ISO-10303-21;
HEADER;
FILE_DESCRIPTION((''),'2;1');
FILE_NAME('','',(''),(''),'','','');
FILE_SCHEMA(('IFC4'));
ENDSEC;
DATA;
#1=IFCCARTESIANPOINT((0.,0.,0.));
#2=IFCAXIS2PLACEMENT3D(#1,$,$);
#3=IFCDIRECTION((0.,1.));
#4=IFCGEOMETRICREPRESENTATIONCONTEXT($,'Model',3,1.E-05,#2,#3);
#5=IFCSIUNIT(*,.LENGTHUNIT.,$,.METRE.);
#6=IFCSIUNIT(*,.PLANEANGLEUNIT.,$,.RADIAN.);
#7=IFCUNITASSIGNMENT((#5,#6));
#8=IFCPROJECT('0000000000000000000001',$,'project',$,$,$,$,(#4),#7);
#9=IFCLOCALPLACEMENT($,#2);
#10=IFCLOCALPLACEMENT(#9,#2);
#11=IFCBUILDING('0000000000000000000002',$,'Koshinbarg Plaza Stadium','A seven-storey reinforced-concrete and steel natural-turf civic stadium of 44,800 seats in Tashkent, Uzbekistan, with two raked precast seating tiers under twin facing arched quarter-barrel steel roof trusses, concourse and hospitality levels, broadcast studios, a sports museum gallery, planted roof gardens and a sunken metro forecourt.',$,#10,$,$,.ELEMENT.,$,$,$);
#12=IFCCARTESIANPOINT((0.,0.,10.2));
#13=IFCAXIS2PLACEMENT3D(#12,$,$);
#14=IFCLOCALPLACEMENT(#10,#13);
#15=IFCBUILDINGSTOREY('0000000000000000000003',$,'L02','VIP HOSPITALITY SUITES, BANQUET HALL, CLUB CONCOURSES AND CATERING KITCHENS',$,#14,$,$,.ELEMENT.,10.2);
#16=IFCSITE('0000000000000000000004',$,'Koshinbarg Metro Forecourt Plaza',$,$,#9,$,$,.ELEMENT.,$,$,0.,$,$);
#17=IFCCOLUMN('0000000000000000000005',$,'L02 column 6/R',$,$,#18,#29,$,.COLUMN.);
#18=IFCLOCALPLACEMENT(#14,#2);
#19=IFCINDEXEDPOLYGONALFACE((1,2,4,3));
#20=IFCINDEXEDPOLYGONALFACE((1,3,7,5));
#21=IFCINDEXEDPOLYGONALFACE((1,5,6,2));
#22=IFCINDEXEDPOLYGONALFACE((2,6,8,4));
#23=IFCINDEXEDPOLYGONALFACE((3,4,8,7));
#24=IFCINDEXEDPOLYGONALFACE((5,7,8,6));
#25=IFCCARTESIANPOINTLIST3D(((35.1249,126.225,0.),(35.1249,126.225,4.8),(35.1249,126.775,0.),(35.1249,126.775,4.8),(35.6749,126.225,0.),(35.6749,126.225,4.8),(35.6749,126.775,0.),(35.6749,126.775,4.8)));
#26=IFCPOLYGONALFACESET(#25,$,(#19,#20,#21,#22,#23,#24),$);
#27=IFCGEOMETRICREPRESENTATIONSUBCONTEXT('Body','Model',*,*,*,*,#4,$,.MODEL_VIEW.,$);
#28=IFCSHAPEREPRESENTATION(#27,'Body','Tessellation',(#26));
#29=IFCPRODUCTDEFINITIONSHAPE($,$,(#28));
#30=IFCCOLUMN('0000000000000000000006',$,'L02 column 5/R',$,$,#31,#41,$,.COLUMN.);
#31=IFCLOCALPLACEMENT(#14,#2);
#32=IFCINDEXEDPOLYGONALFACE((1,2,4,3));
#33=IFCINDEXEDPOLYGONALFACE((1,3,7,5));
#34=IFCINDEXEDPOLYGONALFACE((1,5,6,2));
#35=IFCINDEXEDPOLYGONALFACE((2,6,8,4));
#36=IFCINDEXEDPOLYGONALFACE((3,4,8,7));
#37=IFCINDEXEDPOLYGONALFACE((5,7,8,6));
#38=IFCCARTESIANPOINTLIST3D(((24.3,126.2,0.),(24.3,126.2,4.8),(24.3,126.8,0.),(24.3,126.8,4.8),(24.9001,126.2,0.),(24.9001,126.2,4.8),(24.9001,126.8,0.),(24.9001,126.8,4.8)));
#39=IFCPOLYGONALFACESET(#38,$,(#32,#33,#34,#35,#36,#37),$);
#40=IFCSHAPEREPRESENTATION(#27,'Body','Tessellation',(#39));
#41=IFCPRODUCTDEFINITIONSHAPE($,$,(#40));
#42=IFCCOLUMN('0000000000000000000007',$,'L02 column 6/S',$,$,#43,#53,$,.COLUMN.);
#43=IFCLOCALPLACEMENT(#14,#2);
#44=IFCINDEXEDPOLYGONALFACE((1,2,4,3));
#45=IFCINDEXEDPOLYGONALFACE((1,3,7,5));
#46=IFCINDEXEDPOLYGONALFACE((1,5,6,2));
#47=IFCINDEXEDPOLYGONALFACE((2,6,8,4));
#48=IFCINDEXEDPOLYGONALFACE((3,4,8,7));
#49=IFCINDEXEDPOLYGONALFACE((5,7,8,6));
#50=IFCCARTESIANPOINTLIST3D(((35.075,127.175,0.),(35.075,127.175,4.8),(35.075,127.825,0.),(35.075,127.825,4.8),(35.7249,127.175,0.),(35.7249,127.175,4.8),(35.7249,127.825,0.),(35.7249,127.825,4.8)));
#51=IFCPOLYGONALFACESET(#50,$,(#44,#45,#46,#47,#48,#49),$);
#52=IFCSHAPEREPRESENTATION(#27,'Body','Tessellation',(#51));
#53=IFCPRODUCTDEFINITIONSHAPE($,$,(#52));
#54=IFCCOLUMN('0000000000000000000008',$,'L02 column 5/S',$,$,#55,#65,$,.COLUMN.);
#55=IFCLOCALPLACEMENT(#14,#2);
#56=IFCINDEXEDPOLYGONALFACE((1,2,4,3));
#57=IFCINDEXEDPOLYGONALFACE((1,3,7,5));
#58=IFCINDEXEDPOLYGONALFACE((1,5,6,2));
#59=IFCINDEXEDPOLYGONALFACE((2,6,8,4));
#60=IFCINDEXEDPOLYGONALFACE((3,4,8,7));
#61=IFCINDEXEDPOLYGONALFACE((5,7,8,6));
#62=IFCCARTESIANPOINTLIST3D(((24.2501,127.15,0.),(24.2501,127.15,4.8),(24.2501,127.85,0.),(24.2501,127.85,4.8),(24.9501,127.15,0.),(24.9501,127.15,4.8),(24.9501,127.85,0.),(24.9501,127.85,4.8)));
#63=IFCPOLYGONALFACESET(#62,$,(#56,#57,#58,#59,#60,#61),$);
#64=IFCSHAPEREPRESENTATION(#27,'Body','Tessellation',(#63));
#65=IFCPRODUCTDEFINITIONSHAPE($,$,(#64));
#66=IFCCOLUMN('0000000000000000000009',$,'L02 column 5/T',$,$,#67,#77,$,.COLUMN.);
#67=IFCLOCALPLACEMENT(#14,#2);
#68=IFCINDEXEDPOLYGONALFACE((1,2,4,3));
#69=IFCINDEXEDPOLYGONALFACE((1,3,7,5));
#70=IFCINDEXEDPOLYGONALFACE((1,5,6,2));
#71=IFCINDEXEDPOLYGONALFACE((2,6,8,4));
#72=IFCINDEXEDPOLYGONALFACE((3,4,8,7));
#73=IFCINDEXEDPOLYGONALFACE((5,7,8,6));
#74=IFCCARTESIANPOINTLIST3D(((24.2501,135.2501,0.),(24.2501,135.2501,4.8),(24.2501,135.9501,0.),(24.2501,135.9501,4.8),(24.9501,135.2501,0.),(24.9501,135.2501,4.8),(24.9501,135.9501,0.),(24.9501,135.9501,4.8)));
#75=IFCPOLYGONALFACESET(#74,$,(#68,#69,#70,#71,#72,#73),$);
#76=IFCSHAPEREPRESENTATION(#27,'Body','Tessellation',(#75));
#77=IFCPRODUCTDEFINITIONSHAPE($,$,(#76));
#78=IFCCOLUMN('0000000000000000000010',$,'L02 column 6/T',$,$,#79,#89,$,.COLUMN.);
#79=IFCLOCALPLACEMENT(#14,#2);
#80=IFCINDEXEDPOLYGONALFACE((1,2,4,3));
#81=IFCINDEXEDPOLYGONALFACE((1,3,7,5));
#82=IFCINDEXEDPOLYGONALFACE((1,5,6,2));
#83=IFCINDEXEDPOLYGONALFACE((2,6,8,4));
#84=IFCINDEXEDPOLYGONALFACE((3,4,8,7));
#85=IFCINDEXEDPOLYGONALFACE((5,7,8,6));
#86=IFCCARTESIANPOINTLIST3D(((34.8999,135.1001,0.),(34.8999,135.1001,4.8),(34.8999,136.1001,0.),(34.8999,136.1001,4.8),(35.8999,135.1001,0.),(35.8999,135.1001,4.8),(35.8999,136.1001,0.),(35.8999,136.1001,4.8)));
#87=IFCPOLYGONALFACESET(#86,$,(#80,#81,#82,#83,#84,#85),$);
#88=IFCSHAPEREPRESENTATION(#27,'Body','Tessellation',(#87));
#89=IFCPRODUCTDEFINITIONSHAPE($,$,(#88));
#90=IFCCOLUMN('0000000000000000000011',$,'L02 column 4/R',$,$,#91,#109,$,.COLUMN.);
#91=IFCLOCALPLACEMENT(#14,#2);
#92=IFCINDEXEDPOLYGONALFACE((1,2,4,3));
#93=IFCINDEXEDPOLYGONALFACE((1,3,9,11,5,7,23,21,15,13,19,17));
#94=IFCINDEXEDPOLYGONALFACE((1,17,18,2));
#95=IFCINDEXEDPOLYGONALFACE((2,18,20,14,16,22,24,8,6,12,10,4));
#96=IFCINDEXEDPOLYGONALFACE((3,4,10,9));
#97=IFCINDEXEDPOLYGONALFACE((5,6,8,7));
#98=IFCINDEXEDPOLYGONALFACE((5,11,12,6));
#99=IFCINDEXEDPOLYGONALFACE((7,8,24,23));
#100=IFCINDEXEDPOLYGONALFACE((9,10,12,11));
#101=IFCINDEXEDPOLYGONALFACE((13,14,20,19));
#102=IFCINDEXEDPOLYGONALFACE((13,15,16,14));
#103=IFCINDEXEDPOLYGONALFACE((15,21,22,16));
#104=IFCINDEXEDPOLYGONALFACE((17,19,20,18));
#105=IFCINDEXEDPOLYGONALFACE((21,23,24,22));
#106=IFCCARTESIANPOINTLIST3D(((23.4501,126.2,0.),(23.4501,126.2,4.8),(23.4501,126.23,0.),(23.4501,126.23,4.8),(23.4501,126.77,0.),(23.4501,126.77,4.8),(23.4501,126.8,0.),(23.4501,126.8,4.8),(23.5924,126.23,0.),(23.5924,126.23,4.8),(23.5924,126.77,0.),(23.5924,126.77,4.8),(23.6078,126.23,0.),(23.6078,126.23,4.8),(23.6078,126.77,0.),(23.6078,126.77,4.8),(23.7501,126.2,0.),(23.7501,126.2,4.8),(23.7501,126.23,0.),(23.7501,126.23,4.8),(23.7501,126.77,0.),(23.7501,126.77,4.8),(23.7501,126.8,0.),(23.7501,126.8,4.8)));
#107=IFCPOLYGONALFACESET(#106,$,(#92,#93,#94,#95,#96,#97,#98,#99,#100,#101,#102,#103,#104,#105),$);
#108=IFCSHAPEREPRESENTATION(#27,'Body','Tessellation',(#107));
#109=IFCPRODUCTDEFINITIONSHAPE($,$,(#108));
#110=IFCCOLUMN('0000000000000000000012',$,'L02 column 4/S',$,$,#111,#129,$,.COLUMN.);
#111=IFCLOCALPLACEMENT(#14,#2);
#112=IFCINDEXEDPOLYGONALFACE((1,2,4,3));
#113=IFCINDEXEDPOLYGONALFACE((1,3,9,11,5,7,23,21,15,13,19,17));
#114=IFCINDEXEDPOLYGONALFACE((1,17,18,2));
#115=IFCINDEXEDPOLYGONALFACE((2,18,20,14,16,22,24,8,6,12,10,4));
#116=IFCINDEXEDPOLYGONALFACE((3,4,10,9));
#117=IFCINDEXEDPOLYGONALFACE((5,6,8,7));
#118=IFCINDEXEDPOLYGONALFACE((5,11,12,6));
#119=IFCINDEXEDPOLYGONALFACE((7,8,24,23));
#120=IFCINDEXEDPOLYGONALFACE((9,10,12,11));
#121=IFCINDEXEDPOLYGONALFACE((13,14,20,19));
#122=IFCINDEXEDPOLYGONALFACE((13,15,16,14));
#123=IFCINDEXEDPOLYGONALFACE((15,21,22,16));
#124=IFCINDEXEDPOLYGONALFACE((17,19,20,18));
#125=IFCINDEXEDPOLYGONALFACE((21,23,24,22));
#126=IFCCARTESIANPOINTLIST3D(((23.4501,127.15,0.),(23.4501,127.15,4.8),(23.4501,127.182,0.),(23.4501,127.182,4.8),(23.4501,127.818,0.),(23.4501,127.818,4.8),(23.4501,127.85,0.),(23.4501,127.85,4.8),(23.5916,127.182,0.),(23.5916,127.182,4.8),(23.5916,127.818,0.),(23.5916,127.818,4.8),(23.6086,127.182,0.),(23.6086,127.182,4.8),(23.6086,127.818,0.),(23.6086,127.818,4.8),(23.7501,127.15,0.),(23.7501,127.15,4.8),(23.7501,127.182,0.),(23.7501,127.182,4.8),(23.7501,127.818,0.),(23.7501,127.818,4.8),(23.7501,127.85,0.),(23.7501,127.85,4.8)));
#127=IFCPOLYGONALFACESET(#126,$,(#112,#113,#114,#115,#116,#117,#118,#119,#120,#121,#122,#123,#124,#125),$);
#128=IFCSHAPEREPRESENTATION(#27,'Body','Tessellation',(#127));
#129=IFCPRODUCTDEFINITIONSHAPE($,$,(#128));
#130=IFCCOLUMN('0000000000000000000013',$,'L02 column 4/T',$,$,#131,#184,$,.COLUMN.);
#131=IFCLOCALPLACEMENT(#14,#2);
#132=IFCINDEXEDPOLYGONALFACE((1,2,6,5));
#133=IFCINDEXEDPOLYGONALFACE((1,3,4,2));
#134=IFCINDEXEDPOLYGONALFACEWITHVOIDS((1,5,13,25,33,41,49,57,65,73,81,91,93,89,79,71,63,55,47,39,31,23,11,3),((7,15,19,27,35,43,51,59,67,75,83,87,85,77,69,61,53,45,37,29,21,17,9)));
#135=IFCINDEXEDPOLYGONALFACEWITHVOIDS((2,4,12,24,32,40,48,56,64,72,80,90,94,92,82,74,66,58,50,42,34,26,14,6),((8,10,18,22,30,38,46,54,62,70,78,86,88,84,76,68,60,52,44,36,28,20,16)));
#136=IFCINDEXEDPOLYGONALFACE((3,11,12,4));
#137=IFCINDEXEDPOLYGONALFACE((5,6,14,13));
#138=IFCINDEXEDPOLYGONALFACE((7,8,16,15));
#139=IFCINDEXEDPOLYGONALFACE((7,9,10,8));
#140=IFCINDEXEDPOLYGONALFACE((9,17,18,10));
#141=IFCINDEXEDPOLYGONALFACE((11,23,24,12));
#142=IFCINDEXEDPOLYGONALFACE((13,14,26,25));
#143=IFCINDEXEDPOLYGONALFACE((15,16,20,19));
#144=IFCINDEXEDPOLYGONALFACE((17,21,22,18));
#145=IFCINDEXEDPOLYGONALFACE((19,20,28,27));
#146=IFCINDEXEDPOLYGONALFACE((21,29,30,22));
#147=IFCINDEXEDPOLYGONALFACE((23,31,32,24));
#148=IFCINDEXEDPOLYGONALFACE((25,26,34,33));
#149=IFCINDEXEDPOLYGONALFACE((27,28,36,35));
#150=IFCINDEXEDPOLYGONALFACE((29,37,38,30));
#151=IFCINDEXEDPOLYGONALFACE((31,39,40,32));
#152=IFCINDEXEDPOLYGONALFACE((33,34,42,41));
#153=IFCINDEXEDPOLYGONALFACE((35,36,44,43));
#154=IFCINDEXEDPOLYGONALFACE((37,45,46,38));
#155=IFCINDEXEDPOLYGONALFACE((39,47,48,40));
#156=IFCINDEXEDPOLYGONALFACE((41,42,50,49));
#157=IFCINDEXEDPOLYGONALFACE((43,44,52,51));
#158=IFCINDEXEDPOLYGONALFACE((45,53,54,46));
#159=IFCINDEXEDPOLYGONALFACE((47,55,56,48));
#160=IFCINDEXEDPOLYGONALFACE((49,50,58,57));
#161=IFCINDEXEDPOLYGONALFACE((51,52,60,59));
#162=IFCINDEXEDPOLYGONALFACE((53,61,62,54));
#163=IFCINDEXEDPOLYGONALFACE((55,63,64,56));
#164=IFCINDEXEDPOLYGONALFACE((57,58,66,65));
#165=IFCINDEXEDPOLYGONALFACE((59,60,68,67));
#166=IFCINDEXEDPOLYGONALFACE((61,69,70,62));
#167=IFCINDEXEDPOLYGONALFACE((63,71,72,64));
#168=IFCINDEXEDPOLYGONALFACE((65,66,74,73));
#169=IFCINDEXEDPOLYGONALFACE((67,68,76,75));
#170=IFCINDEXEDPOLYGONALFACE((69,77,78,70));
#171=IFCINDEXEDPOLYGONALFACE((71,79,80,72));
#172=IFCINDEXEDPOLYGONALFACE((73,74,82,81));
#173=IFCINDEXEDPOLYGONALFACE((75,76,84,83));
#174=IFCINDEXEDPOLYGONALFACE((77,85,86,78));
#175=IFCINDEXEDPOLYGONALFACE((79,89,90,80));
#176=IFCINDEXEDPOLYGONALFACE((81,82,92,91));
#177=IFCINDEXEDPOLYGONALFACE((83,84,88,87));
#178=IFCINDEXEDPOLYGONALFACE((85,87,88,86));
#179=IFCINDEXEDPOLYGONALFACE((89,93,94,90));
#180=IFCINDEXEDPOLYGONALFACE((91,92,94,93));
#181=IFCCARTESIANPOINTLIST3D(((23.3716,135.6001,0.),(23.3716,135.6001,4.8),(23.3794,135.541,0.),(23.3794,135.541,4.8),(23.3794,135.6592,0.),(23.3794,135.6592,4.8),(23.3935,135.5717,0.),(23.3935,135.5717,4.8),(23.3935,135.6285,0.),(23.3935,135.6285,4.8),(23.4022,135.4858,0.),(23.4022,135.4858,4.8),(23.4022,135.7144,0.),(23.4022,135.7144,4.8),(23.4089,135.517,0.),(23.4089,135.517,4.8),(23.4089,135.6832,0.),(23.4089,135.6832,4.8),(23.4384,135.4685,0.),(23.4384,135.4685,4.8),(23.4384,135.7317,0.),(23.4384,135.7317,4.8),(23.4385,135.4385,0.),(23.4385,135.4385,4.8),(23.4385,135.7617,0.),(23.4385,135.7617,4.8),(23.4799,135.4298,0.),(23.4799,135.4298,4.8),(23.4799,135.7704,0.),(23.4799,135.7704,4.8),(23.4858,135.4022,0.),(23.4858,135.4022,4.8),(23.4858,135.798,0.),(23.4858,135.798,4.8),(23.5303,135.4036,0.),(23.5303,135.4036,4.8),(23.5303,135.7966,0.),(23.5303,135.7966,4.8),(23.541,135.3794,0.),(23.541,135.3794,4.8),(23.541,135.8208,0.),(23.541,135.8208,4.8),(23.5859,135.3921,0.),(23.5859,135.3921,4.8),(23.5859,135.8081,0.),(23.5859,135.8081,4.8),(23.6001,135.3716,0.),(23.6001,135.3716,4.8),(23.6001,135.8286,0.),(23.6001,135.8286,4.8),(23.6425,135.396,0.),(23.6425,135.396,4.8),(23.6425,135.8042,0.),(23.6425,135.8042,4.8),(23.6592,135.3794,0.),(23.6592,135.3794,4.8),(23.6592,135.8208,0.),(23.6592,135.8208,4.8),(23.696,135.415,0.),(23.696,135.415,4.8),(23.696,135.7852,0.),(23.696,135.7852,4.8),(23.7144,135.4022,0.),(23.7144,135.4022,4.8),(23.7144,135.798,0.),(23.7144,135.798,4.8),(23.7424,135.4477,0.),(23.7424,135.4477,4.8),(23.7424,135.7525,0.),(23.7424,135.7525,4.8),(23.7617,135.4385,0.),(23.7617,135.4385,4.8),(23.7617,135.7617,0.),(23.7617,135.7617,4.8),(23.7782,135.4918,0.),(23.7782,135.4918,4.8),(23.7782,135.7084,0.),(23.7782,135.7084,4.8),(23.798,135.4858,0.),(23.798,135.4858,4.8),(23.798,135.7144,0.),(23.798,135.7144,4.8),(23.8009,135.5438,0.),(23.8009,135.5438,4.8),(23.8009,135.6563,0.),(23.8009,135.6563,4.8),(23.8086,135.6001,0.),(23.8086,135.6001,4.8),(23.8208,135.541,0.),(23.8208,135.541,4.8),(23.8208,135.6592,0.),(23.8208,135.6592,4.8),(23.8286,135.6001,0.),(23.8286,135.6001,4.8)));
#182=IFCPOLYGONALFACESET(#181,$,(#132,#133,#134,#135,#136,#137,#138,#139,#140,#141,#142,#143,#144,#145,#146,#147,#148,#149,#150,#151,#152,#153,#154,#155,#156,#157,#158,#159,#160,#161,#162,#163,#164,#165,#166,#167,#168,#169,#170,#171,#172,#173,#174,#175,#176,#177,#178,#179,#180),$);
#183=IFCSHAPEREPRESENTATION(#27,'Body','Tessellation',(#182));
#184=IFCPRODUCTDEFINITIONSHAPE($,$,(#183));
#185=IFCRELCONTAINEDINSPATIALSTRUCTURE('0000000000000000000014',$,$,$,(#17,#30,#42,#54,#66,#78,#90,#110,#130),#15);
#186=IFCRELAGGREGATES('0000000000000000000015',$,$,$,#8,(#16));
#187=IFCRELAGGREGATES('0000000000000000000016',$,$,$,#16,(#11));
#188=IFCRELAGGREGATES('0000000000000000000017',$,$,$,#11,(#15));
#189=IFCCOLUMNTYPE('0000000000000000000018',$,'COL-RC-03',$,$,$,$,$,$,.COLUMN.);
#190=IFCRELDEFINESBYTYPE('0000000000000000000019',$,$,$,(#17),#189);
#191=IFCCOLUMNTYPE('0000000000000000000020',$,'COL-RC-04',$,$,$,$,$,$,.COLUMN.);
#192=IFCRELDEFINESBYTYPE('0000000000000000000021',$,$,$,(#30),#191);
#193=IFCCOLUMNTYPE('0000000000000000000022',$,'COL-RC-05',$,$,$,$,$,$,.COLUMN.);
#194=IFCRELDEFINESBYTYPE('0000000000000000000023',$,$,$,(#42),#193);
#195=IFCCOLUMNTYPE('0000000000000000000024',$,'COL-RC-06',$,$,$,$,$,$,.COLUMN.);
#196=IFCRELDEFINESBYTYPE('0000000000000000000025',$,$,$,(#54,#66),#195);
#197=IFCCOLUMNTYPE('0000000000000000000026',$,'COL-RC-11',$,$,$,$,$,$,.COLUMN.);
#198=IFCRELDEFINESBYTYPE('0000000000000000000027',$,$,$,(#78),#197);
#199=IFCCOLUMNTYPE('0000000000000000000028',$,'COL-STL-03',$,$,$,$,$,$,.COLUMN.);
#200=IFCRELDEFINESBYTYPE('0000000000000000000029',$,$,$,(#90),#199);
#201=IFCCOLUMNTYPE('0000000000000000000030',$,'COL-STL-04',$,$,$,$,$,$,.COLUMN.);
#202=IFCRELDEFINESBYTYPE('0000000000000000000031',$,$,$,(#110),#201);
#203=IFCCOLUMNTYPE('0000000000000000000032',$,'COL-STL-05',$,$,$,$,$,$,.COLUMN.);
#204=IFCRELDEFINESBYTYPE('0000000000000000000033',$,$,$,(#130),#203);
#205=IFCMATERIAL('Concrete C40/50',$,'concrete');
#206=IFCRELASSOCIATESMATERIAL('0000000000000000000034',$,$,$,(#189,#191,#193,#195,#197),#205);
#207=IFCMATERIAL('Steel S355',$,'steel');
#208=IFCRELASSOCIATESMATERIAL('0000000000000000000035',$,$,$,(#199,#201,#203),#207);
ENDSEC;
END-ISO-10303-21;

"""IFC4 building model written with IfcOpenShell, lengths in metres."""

from ifc_helpers import new_model, si_unit, direction, frame, origin, origin_2d, place, context, subcontext, project, spatial, rectangle, hollow_circle, i_section, extrude, material, material_profile, profile_set, type_object, element, save


model = new_model("IFC4")

# Units and contexts
model_context = context("Model", 3, precision=1e-05, world=origin(), true_north=direction((0.0, 1.0)))
body_context = subcontext(model_context, "Body", "Model", "MODEL_VIEW")
ifc_project = project(units=[si_unit("LENGTHUNIT", "METRE"), si_unit("PLANEANGLEUNIT", "RADIAN")], contexts=[model_context])

# Site, building, storey
site_placement = place(None, origin())
site = spatial("IfcSite", under=ifc_project, at=site_placement, Name="Koshinbarg Metro Forecourt Plaza", CompositionType="ELEMENT", RefElevation=0.0)
building_placement = place(site_placement, origin())
building = spatial("IfcBuilding", under=site, at=building_placement, Name="Koshinbarg Plaza Stadium", Description="A seven-storey reinforced-concrete and steel natural-turf civic stadium of 44,800 seats in Tashkent, Uzbekistan, with two raked precast seating tiers under twin facing arched quarter-barrel steel roof trusses, concourse and hospitality levels, broadcast studios, a sports museum gallery, planted roof gardens and a sunken metro forecourt.", CompositionType="ELEMENT")
storey_placement = place(building_placement, frame((0.0, 0.0, 10.2)))
storey = spatial("IfcBuildingStorey", under=building, at=storey_placement, Name="L02", Description="VIP HOSPITALITY SUITES, BANQUET HALL, CLUB CONCOURSES AND CATERING KITCHENS", CompositionType="ELEMENT", Elevation=10.2)

# Columns
ifc_material_1 = material(Name="Concrete C40/50", Category="concrete")
ifc_material_profile_1 = material_profile(ifc_material_1, rectangle(XDim=0.55, YDim=0.55, at=origin_2d()), Name="RC 550x550")
ifc_profile_set_1 = profile_set([ifc_material_profile_1], Name="Concrete C40/50")
column_type_1 = type_object("IfcColumnType", Name="COL-RC-03", PredefinedType="COLUMN", material=ifc_profile_set_1)
column_1_placement = place(storey_placement, frame((35.3999, 126.5, 0.0), z_axis=(0.0, 0.0, 1.0), x_axis=(1.0, 0.0, 0.0)))
element("IfcColumn", 1, at=column_1_placement, inside=storey, type_object=column_type_1, Name="L02 column 6/R", PredefinedType="COLUMN", context=body_context, shape_type="SweptSolid", body=[
    extrude(rectangle(XDim=0.55, YDim=0.55, at=origin_2d()), origin(), (0.0, 0.0, 1.0), 4.8),
])
ifc_material_profile_2 = material_profile(ifc_material_1, rectangle(XDim=0.6001, YDim=0.6001, at=origin_2d()), Name="RC 600x600")
ifc_profile_set_2 = profile_set([ifc_material_profile_2], Name="Concrete C40/50")
column_type_2 = type_object("IfcColumnType", Name="COL-RC-04", PredefinedType="COLUMN", material=ifc_profile_set_2)
column_2_placement = place(storey_placement, frame((24.6001, 126.5, 0.0), z_axis=(0.0, 0.0, 1.0), x_axis=(1.0, 0.0, 0.0)))
element("IfcColumn", 2, at=column_2_placement, inside=storey, type_object=column_type_2, Name="L02 column 5/R", PredefinedType="COLUMN", context=body_context, shape_type="SweptSolid", body=[
    extrude(rectangle(XDim=0.6001, YDim=0.6001, at=origin_2d()), origin(), (0.0, 0.0, 1.0), 4.8),
])
ifc_material_profile_3 = material_profile(ifc_material_1, rectangle(XDim=0.6499, YDim=0.6499, at=origin_2d()), Name="RC 650x650")
ifc_profile_set_3 = profile_set([ifc_material_profile_3], Name="Concrete C40/50")
column_type_3 = type_object("IfcColumnType", Name="COL-RC-05", PredefinedType="COLUMN", material=ifc_profile_set_3)
column_3_placement = place(storey_placement, frame((35.3999, 127.5, 0.0), z_axis=(0.0, 0.0, 1.0), x_axis=(1.0, 0.0, 0.0)))
element("IfcColumn", 3, at=column_3_placement, inside=storey, type_object=column_type_3, Name="L02 column 6/S", PredefinedType="COLUMN", context=body_context, shape_type="SweptSolid", body=[
    extrude(rectangle(XDim=0.6499, YDim=0.6499, at=origin_2d()), origin(), (0.0, 0.0, 1.0), 4.8),
])
ifc_material_profile_4 = material_profile(ifc_material_1, rectangle(XDim=0.7, YDim=0.7, at=origin_2d()), Name="RC 700x700")
ifc_profile_set_4 = profile_set([ifc_material_profile_4], Name="Concrete C40/50")
column_type_4 = type_object("IfcColumnType", Name="COL-RC-06", PredefinedType="COLUMN", material=ifc_profile_set_4)
for number, where, z_axis, x_axis, name in (
    (4, (24.6001, 127.5, 0.0), (0.0, 0.0, 1.0), (1.0, 0.0, 0.0), "L02 column 5/S"),
    (5, (24.6001, 135.6001, 0.0), (0.0, 0.0, 1.0), (1.0, 0.0, 0.0), "L02 column 5/T"),
):
    element("IfcColumn", number, at=place(storey_placement, frame(where, z_axis=z_axis, x_axis=x_axis)), inside=storey, type_object=column_type_4, Name=name, PredefinedType="COLUMN", context=body_context, shape_type="SweptSolid", body=[
        extrude(rectangle(XDim=0.7, YDim=0.7, at=origin_2d()), origin(), (0.0, 0.0, 1.0), 4.8),
    ])
ifc_material_profile_5 = material_profile(ifc_material_1, rectangle(XDim=1.0, YDim=1.0, at=origin_2d()), Name="RC 1000x1000")
ifc_profile_set_5 = profile_set([ifc_material_profile_5], Name="Concrete C40/50")
column_type_5 = type_object("IfcColumnType", Name="COL-RC-11", PredefinedType="COLUMN", material=ifc_profile_set_5)
column_4_placement = place(storey_placement, frame((35.3999, 135.6001, 0.0), z_axis=(0.0, 0.0, 1.0), x_axis=(1.0, 0.0, 0.0)))
element("IfcColumn", 6, at=column_4_placement, inside=storey, type_object=column_type_5, Name="L02 column 6/T", PredefinedType="COLUMN", context=body_context, shape_type="SweptSolid", body=[
    extrude(rectangle(XDim=1.0, YDim=1.0, at=origin_2d()), origin(), (0.0, 0.0, 1.0), 4.8),
])
ifc_material_2 = material(Name="Steel S355", Category="steel")
ifc_material_profile_6 = material_profile(ifc_material_2, i_section(OverallWidth=0.3, OverallDepth=0.6001, WebThickness=0.0154, FlangeThickness=0.03, at=origin_2d()), Name="HEB 600")
ifc_profile_set_6 = profile_set([ifc_material_profile_6], Name="Steel S355")
column_type_6 = type_object("IfcColumnType", Name="COL-STL-03", PredefinedType="COLUMN", material=ifc_profile_set_6)
column_5_placement = place(storey_placement, frame((23.6001, 126.5, 0.0), z_axis=(0.0, 0.0, 1.0), x_axis=(1.0, 0.0, 0.0)))
element("IfcColumn", 7, at=column_5_placement, inside=storey, type_object=column_type_6, Name="L02 column 4/R", PredefinedType="COLUMN", context=body_context, shape_type="SweptSolid", body=[
    extrude(i_section(OverallWidth=0.3, OverallDepth=0.6001, WebThickness=0.0154, FlangeThickness=0.03, at=origin_2d()), origin(), (0.0, 0.0, 1.0), 4.8),
])
ifc_material_profile_7 = material_profile(ifc_material_2, i_section(OverallWidth=0.3, OverallDepth=0.7, WebThickness=0.0171, FlangeThickness=0.032, at=origin_2d()), Name="HEB 700")
ifc_profile_set_7 = profile_set([ifc_material_profile_7], Name="Steel S355")
column_type_7 = type_object("IfcColumnType", Name="COL-STL-04", PredefinedType="COLUMN", material=ifc_profile_set_7)
column_6_placement = place(storey_placement, frame((23.6001, 127.5, 0.0), z_axis=(0.0, 0.0, 1.0), x_axis=(1.0, 0.0, 0.0)))
element("IfcColumn", 8, at=column_6_placement, inside=storey, type_object=column_type_7, Name="L02 column 4/S", PredefinedType="COLUMN", context=body_context, shape_type="SweptSolid", body=[
    extrude(i_section(OverallWidth=0.3, OverallDepth=0.7, WebThickness=0.0171, FlangeThickness=0.032, at=origin_2d()), origin(), (0.0, 0.0, 1.0), 4.8),
])
ifc_material_profile_8 = material_profile(ifc_material_2, hollow_circle(Radius=0.2285, WallThickness=0.02, at=origin_2d()), Name="CHS 457x20")
ifc_profile_set_8 = profile_set([ifc_material_profile_8], Name="Steel S355")
column_type_8 = type_object("IfcColumnType", Name="COL-STL-05", PredefinedType="COLUMN", material=ifc_profile_set_8)
column_7_placement = place(storey_placement, frame((23.6001, 135.6001, 0.0), z_axis=(0.0, 0.0, 1.0), x_axis=(1.0, 0.0, 0.0)))
element("IfcColumn", 9, at=column_7_placement, inside=storey, type_object=column_type_8, Name="L02 column 4/T", PredefinedType="COLUMN", context=body_context, shape_type="SweptSolid", body=[
    extrude(hollow_circle(Radius=0.2285, WallThickness=0.02, at=origin_2d()), origin(), (0.0, 0.0, 1.0), 4.8),
])

save(model, "model.ifc")
